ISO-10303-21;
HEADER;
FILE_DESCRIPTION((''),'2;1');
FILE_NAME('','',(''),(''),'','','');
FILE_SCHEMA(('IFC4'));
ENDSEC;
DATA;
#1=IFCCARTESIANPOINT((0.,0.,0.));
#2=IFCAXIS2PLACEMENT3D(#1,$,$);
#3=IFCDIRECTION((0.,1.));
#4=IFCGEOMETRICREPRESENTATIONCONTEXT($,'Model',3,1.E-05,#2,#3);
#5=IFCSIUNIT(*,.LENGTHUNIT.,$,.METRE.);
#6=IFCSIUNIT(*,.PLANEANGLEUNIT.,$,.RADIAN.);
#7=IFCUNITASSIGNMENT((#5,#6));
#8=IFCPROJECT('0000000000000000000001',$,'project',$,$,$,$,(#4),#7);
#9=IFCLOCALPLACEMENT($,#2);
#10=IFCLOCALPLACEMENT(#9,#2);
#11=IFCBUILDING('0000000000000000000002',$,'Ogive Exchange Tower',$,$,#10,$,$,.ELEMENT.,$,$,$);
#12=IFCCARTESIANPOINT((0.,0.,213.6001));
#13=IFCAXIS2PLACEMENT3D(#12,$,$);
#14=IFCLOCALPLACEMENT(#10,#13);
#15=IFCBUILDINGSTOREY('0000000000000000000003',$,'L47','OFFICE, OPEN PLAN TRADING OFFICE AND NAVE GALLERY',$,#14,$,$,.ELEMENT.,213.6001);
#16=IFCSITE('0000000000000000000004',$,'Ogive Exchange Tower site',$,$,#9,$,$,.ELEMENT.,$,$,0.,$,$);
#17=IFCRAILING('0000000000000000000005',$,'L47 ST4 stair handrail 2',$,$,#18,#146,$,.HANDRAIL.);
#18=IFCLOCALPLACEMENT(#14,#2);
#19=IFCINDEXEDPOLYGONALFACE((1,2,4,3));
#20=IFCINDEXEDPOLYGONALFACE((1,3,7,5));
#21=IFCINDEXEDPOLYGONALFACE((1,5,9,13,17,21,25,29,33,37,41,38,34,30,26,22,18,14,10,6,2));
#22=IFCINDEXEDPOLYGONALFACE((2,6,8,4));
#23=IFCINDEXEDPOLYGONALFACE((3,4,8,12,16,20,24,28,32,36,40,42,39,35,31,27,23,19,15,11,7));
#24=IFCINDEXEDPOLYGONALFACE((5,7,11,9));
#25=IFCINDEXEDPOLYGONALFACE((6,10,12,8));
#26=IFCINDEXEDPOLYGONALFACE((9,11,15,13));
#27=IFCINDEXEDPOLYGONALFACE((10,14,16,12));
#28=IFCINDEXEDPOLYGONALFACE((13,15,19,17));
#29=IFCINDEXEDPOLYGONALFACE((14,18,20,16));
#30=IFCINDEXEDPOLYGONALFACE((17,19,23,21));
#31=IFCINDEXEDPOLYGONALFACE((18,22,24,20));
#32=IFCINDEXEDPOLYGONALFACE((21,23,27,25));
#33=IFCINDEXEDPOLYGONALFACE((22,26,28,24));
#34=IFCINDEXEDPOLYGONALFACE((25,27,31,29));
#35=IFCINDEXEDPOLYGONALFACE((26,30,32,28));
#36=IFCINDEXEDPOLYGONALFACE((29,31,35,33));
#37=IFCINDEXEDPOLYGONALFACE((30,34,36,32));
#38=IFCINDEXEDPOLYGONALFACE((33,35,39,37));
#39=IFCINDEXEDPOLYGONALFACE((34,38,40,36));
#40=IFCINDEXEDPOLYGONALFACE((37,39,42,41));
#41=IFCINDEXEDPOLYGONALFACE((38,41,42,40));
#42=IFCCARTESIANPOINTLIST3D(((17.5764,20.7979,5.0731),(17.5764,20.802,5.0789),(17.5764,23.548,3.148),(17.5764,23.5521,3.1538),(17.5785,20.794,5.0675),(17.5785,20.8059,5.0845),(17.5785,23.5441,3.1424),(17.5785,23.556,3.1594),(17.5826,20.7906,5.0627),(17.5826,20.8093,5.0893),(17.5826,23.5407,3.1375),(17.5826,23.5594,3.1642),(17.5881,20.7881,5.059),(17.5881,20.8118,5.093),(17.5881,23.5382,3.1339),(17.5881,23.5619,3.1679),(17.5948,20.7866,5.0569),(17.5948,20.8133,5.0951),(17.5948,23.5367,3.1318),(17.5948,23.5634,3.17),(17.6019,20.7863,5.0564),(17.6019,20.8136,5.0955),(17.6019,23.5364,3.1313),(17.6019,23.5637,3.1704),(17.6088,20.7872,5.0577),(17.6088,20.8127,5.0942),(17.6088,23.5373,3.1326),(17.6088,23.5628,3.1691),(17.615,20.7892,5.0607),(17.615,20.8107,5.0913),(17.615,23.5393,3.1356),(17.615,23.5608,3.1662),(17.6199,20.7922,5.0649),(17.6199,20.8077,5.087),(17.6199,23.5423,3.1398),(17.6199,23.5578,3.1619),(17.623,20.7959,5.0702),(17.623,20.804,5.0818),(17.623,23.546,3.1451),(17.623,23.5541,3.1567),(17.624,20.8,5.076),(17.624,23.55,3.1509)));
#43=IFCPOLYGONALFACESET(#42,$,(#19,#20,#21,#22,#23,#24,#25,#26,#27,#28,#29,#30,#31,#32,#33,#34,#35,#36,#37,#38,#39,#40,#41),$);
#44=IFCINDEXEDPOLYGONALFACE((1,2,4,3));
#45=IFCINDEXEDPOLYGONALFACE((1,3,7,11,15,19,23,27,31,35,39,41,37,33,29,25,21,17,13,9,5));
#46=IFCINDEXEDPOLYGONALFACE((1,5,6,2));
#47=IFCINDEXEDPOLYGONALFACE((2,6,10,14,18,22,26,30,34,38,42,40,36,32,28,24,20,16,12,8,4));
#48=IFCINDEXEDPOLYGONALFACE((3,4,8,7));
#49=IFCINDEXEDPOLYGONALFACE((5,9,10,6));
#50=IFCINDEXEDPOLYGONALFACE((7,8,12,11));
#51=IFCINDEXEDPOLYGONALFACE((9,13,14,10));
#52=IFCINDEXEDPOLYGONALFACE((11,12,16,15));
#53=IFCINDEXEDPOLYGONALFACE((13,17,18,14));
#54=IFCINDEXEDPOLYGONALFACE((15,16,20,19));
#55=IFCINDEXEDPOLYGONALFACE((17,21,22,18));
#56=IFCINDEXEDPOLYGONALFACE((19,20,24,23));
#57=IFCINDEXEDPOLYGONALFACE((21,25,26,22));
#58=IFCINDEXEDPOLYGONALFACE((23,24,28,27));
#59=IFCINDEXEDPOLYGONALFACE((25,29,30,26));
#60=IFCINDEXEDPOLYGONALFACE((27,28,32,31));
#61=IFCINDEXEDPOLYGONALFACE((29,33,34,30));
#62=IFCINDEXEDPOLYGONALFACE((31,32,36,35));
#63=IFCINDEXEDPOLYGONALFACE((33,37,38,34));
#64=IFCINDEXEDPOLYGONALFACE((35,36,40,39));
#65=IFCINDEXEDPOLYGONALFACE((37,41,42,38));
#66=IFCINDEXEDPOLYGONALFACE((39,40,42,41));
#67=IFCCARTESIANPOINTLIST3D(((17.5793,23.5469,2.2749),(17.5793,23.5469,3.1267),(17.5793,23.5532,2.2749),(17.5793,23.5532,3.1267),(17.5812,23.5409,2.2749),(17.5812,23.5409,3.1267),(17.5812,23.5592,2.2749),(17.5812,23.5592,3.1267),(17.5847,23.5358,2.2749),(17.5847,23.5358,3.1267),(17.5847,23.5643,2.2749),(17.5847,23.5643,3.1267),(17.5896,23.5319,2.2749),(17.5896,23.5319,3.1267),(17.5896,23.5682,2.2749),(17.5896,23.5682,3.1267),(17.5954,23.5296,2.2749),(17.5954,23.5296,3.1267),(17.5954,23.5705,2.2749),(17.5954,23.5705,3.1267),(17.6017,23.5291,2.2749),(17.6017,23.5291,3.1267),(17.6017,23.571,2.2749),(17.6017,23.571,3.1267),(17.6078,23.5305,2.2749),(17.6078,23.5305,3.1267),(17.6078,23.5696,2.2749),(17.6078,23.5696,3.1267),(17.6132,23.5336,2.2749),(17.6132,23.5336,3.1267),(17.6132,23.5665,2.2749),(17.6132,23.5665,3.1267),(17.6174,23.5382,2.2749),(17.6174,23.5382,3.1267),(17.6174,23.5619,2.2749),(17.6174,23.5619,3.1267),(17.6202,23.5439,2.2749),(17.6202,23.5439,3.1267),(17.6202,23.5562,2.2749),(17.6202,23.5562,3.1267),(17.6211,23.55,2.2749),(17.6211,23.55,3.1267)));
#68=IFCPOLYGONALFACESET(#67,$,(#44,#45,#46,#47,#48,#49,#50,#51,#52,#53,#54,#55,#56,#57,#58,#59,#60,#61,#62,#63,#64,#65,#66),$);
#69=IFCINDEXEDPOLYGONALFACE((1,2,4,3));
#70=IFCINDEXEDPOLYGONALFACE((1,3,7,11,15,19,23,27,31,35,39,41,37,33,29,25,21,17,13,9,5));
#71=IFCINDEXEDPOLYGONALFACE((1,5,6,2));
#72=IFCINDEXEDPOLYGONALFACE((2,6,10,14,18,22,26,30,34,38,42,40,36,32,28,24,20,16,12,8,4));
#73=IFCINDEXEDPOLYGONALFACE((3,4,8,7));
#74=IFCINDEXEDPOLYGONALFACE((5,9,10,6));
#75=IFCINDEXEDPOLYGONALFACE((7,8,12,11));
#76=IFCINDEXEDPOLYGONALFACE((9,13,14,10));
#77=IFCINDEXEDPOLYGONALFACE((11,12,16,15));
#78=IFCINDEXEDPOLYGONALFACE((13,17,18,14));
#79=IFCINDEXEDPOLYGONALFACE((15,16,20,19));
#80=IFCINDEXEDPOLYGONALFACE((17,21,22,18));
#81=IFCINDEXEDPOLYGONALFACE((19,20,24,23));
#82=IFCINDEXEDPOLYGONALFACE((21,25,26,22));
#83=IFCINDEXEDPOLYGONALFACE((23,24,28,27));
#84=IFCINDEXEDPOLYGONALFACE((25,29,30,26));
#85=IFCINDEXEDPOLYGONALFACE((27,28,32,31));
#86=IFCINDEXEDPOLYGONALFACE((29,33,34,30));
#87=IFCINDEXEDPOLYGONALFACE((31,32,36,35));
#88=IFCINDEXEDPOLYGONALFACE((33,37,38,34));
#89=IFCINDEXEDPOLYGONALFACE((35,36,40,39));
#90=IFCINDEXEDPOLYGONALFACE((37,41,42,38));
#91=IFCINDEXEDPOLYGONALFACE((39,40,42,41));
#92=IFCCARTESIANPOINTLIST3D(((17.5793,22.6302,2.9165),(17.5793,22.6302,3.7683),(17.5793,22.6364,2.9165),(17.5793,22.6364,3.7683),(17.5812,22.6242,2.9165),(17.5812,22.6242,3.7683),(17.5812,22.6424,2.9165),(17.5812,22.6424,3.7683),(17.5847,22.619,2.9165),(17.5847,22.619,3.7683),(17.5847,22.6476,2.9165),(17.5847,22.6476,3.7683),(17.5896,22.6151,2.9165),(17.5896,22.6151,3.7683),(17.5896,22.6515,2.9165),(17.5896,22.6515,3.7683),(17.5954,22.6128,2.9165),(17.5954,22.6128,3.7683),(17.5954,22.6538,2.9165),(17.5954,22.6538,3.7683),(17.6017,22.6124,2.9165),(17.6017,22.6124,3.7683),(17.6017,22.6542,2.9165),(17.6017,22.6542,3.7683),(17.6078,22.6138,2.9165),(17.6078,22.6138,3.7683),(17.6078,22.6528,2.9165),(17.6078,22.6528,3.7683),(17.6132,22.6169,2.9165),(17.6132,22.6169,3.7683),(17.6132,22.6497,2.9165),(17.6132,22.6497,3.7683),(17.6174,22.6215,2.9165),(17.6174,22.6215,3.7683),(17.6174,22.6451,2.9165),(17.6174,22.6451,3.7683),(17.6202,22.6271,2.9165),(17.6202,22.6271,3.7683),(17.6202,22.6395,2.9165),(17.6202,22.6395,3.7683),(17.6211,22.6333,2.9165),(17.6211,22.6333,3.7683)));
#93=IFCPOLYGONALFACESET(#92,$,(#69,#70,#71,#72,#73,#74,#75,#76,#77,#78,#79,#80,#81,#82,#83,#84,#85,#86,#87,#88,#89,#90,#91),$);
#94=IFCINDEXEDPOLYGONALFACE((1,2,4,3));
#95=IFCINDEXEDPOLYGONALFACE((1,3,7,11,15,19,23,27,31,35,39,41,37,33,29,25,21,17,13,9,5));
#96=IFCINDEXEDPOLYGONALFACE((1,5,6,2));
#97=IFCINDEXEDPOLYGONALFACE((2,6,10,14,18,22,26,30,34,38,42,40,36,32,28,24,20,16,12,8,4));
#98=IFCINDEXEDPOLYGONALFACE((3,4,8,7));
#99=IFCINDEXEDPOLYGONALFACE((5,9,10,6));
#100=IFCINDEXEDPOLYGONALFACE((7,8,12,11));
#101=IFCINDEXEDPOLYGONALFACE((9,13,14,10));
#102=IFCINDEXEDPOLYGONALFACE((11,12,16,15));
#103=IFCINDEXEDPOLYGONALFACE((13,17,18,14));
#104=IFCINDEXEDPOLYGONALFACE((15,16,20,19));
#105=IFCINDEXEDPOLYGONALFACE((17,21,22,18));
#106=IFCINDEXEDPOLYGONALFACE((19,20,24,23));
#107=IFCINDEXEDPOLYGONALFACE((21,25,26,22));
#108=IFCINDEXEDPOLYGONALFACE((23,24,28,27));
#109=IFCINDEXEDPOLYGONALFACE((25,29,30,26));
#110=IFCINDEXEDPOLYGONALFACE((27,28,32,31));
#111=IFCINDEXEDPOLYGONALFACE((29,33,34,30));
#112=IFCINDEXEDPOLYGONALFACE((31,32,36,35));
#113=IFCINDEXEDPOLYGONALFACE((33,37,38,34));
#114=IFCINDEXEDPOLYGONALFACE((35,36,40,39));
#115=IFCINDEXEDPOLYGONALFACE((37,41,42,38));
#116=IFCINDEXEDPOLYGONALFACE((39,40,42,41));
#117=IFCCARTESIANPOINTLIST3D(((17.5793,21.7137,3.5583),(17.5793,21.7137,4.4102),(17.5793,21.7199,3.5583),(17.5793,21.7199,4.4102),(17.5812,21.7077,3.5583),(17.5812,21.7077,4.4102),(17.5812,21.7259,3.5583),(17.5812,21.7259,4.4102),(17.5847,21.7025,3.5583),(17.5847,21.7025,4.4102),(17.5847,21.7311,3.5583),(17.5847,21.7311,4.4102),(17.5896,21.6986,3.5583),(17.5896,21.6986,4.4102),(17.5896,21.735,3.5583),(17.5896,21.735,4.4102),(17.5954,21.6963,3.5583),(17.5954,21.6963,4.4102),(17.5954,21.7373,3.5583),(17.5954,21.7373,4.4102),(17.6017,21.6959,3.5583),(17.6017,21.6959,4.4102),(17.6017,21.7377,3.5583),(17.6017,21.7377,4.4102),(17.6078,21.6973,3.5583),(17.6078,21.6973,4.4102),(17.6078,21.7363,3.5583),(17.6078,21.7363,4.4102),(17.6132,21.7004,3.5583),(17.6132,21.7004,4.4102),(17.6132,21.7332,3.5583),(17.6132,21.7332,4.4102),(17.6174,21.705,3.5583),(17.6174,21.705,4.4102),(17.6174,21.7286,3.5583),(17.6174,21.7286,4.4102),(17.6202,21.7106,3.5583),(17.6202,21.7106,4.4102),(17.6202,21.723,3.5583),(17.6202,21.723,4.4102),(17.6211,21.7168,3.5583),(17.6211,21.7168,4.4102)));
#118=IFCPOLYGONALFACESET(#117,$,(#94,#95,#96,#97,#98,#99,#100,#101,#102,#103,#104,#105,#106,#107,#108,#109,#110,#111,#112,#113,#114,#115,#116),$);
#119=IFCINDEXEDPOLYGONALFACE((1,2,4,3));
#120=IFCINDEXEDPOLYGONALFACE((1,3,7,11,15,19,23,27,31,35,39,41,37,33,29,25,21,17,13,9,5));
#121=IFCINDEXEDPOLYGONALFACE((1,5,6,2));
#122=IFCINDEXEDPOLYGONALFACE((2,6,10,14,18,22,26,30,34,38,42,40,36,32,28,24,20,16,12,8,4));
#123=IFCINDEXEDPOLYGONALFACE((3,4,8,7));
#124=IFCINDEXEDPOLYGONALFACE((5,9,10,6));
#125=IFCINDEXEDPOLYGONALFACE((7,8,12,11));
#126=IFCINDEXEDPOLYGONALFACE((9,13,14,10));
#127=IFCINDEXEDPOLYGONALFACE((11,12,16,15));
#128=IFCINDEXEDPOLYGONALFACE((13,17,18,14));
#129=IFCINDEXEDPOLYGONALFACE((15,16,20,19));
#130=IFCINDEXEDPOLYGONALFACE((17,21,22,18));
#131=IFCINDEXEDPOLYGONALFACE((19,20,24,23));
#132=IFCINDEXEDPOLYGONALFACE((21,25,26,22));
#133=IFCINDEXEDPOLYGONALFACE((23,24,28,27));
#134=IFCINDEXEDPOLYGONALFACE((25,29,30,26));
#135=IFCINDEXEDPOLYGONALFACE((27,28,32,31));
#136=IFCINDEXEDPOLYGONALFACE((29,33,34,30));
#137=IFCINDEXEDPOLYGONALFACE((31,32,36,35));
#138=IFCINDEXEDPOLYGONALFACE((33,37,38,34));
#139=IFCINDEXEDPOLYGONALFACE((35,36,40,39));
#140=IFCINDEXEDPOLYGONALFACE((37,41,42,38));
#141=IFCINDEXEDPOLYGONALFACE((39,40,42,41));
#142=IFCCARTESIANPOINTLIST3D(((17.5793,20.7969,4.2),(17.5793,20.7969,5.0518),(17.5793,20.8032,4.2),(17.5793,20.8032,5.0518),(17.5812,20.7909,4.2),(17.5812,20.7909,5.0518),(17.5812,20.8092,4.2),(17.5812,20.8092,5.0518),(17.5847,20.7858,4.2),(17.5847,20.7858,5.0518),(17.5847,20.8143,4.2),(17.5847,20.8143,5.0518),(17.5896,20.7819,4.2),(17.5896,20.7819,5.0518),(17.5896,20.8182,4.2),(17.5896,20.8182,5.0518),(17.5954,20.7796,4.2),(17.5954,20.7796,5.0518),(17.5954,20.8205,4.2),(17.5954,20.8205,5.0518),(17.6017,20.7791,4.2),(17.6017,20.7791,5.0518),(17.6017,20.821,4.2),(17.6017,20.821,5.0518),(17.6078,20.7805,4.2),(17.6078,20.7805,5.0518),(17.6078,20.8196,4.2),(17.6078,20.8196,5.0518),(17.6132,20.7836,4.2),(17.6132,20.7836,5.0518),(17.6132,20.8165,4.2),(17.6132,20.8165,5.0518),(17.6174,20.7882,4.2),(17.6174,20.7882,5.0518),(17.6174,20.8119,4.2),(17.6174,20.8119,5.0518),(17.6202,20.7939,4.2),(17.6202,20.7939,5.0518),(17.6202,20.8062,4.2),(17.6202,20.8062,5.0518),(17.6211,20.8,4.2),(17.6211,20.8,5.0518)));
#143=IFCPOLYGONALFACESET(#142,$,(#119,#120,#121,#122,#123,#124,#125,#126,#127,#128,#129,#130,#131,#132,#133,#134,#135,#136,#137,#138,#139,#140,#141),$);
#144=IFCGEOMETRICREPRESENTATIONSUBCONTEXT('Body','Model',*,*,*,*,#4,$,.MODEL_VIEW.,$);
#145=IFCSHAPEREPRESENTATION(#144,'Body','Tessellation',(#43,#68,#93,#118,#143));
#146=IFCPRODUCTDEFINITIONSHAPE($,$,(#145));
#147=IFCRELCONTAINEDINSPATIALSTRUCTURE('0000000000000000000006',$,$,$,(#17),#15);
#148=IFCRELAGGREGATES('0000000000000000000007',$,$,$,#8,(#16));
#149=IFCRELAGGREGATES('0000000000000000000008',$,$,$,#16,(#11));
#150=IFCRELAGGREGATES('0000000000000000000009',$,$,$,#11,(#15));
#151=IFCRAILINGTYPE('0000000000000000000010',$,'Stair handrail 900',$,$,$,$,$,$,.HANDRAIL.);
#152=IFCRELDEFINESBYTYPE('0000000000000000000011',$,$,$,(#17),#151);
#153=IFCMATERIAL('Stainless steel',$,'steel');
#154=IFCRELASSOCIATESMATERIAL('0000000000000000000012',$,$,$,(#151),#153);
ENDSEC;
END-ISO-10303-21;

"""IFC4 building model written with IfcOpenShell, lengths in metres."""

from ifc_helpers import new_model, si_unit, direction, frame, origin, origin_2d, place, context, subcontext, project, spatial, circle, extrude, material, type_object, element, save


model = new_model("IFC4")

# Units and contexts
model_context = context("Model", 3, precision=1e-05, world=origin(), true_north=direction((0.0, 1.0)))
body_context = subcontext(model_context, "Body", "Model", "MODEL_VIEW")
ifc_project = project(units=[si_unit("LENGTHUNIT", "METRE"), si_unit("PLANEANGLEUNIT", "RADIAN")], contexts=[model_context])

# Site, building, storey
site_placement = place(None, origin())
site = spatial("IfcSite", under=ifc_project, at=site_placement, Name="Ogive Exchange Tower site", CompositionType="ELEMENT", RefElevation=0.0)
building_placement = place(site_placement, origin())
building = spatial("IfcBuilding", under=site, at=building_placement, Name="Ogive Exchange Tower", CompositionType="ELEMENT")
storey_placement = place(building_placement, frame((0.0, 0.0, 213.6001)))
storey = spatial("IfcBuildingStorey", under=building, at=storey_placement, Name="L47", Description="OFFICE, OPEN PLAN TRADING OFFICE AND NAVE GALLERY", CompositionType="ELEMENT", Elevation=213.6001)

# Railing
ifc_material_1 = material(Name="Stainless steel", Category="steel")
railing_type = type_object("IfcRailingType", Name="Stair handrail 900", PredefinedType="HANDRAIL", material=ifc_material_1)
railing_1_placement = place(storey_placement, frame((17.6001, 23.55, 2.2749)))
element("IfcRailing", 1, at=railing_1_placement, inside=storey, type_object=railing_type, Name="L47 ST4 stair handrail 2", PredefinedType="HANDRAIL", context=body_context, shape_type="SweptSolid", body=[
    extrude(circle(Radius=0.0239, at=origin_2d()), frame((0.0, 0.0, 0.876), z_axis=(0.0, -0.819225, 0.573472), x_axis=(1.0, 0.0, 0.0)), (0.0, 0.0, 1.0), 3.3569),
    extrude(circle(Radius=0.021, at=origin_2d()), origin(), (0.0, 0.0, 1.0), 0.8518),
    extrude(circle(Radius=0.021, at=origin_2d()), frame((0.0, -0.9167, 0.6416)), (0.0, 0.0, 1.0), 0.8518),
    extrude(circle(Radius=0.021, at=origin_2d()), frame((0.0, -1.8333, 1.2834)), (0.0, 0.0, 1.0), 0.8518),
    extrude(circle(Radius=0.021, at=origin_2d()), frame((0.0, -2.75, 1.925)), (0.0, 0.0, 1.0), 0.8518),
])

save(model, "model.ifc")
